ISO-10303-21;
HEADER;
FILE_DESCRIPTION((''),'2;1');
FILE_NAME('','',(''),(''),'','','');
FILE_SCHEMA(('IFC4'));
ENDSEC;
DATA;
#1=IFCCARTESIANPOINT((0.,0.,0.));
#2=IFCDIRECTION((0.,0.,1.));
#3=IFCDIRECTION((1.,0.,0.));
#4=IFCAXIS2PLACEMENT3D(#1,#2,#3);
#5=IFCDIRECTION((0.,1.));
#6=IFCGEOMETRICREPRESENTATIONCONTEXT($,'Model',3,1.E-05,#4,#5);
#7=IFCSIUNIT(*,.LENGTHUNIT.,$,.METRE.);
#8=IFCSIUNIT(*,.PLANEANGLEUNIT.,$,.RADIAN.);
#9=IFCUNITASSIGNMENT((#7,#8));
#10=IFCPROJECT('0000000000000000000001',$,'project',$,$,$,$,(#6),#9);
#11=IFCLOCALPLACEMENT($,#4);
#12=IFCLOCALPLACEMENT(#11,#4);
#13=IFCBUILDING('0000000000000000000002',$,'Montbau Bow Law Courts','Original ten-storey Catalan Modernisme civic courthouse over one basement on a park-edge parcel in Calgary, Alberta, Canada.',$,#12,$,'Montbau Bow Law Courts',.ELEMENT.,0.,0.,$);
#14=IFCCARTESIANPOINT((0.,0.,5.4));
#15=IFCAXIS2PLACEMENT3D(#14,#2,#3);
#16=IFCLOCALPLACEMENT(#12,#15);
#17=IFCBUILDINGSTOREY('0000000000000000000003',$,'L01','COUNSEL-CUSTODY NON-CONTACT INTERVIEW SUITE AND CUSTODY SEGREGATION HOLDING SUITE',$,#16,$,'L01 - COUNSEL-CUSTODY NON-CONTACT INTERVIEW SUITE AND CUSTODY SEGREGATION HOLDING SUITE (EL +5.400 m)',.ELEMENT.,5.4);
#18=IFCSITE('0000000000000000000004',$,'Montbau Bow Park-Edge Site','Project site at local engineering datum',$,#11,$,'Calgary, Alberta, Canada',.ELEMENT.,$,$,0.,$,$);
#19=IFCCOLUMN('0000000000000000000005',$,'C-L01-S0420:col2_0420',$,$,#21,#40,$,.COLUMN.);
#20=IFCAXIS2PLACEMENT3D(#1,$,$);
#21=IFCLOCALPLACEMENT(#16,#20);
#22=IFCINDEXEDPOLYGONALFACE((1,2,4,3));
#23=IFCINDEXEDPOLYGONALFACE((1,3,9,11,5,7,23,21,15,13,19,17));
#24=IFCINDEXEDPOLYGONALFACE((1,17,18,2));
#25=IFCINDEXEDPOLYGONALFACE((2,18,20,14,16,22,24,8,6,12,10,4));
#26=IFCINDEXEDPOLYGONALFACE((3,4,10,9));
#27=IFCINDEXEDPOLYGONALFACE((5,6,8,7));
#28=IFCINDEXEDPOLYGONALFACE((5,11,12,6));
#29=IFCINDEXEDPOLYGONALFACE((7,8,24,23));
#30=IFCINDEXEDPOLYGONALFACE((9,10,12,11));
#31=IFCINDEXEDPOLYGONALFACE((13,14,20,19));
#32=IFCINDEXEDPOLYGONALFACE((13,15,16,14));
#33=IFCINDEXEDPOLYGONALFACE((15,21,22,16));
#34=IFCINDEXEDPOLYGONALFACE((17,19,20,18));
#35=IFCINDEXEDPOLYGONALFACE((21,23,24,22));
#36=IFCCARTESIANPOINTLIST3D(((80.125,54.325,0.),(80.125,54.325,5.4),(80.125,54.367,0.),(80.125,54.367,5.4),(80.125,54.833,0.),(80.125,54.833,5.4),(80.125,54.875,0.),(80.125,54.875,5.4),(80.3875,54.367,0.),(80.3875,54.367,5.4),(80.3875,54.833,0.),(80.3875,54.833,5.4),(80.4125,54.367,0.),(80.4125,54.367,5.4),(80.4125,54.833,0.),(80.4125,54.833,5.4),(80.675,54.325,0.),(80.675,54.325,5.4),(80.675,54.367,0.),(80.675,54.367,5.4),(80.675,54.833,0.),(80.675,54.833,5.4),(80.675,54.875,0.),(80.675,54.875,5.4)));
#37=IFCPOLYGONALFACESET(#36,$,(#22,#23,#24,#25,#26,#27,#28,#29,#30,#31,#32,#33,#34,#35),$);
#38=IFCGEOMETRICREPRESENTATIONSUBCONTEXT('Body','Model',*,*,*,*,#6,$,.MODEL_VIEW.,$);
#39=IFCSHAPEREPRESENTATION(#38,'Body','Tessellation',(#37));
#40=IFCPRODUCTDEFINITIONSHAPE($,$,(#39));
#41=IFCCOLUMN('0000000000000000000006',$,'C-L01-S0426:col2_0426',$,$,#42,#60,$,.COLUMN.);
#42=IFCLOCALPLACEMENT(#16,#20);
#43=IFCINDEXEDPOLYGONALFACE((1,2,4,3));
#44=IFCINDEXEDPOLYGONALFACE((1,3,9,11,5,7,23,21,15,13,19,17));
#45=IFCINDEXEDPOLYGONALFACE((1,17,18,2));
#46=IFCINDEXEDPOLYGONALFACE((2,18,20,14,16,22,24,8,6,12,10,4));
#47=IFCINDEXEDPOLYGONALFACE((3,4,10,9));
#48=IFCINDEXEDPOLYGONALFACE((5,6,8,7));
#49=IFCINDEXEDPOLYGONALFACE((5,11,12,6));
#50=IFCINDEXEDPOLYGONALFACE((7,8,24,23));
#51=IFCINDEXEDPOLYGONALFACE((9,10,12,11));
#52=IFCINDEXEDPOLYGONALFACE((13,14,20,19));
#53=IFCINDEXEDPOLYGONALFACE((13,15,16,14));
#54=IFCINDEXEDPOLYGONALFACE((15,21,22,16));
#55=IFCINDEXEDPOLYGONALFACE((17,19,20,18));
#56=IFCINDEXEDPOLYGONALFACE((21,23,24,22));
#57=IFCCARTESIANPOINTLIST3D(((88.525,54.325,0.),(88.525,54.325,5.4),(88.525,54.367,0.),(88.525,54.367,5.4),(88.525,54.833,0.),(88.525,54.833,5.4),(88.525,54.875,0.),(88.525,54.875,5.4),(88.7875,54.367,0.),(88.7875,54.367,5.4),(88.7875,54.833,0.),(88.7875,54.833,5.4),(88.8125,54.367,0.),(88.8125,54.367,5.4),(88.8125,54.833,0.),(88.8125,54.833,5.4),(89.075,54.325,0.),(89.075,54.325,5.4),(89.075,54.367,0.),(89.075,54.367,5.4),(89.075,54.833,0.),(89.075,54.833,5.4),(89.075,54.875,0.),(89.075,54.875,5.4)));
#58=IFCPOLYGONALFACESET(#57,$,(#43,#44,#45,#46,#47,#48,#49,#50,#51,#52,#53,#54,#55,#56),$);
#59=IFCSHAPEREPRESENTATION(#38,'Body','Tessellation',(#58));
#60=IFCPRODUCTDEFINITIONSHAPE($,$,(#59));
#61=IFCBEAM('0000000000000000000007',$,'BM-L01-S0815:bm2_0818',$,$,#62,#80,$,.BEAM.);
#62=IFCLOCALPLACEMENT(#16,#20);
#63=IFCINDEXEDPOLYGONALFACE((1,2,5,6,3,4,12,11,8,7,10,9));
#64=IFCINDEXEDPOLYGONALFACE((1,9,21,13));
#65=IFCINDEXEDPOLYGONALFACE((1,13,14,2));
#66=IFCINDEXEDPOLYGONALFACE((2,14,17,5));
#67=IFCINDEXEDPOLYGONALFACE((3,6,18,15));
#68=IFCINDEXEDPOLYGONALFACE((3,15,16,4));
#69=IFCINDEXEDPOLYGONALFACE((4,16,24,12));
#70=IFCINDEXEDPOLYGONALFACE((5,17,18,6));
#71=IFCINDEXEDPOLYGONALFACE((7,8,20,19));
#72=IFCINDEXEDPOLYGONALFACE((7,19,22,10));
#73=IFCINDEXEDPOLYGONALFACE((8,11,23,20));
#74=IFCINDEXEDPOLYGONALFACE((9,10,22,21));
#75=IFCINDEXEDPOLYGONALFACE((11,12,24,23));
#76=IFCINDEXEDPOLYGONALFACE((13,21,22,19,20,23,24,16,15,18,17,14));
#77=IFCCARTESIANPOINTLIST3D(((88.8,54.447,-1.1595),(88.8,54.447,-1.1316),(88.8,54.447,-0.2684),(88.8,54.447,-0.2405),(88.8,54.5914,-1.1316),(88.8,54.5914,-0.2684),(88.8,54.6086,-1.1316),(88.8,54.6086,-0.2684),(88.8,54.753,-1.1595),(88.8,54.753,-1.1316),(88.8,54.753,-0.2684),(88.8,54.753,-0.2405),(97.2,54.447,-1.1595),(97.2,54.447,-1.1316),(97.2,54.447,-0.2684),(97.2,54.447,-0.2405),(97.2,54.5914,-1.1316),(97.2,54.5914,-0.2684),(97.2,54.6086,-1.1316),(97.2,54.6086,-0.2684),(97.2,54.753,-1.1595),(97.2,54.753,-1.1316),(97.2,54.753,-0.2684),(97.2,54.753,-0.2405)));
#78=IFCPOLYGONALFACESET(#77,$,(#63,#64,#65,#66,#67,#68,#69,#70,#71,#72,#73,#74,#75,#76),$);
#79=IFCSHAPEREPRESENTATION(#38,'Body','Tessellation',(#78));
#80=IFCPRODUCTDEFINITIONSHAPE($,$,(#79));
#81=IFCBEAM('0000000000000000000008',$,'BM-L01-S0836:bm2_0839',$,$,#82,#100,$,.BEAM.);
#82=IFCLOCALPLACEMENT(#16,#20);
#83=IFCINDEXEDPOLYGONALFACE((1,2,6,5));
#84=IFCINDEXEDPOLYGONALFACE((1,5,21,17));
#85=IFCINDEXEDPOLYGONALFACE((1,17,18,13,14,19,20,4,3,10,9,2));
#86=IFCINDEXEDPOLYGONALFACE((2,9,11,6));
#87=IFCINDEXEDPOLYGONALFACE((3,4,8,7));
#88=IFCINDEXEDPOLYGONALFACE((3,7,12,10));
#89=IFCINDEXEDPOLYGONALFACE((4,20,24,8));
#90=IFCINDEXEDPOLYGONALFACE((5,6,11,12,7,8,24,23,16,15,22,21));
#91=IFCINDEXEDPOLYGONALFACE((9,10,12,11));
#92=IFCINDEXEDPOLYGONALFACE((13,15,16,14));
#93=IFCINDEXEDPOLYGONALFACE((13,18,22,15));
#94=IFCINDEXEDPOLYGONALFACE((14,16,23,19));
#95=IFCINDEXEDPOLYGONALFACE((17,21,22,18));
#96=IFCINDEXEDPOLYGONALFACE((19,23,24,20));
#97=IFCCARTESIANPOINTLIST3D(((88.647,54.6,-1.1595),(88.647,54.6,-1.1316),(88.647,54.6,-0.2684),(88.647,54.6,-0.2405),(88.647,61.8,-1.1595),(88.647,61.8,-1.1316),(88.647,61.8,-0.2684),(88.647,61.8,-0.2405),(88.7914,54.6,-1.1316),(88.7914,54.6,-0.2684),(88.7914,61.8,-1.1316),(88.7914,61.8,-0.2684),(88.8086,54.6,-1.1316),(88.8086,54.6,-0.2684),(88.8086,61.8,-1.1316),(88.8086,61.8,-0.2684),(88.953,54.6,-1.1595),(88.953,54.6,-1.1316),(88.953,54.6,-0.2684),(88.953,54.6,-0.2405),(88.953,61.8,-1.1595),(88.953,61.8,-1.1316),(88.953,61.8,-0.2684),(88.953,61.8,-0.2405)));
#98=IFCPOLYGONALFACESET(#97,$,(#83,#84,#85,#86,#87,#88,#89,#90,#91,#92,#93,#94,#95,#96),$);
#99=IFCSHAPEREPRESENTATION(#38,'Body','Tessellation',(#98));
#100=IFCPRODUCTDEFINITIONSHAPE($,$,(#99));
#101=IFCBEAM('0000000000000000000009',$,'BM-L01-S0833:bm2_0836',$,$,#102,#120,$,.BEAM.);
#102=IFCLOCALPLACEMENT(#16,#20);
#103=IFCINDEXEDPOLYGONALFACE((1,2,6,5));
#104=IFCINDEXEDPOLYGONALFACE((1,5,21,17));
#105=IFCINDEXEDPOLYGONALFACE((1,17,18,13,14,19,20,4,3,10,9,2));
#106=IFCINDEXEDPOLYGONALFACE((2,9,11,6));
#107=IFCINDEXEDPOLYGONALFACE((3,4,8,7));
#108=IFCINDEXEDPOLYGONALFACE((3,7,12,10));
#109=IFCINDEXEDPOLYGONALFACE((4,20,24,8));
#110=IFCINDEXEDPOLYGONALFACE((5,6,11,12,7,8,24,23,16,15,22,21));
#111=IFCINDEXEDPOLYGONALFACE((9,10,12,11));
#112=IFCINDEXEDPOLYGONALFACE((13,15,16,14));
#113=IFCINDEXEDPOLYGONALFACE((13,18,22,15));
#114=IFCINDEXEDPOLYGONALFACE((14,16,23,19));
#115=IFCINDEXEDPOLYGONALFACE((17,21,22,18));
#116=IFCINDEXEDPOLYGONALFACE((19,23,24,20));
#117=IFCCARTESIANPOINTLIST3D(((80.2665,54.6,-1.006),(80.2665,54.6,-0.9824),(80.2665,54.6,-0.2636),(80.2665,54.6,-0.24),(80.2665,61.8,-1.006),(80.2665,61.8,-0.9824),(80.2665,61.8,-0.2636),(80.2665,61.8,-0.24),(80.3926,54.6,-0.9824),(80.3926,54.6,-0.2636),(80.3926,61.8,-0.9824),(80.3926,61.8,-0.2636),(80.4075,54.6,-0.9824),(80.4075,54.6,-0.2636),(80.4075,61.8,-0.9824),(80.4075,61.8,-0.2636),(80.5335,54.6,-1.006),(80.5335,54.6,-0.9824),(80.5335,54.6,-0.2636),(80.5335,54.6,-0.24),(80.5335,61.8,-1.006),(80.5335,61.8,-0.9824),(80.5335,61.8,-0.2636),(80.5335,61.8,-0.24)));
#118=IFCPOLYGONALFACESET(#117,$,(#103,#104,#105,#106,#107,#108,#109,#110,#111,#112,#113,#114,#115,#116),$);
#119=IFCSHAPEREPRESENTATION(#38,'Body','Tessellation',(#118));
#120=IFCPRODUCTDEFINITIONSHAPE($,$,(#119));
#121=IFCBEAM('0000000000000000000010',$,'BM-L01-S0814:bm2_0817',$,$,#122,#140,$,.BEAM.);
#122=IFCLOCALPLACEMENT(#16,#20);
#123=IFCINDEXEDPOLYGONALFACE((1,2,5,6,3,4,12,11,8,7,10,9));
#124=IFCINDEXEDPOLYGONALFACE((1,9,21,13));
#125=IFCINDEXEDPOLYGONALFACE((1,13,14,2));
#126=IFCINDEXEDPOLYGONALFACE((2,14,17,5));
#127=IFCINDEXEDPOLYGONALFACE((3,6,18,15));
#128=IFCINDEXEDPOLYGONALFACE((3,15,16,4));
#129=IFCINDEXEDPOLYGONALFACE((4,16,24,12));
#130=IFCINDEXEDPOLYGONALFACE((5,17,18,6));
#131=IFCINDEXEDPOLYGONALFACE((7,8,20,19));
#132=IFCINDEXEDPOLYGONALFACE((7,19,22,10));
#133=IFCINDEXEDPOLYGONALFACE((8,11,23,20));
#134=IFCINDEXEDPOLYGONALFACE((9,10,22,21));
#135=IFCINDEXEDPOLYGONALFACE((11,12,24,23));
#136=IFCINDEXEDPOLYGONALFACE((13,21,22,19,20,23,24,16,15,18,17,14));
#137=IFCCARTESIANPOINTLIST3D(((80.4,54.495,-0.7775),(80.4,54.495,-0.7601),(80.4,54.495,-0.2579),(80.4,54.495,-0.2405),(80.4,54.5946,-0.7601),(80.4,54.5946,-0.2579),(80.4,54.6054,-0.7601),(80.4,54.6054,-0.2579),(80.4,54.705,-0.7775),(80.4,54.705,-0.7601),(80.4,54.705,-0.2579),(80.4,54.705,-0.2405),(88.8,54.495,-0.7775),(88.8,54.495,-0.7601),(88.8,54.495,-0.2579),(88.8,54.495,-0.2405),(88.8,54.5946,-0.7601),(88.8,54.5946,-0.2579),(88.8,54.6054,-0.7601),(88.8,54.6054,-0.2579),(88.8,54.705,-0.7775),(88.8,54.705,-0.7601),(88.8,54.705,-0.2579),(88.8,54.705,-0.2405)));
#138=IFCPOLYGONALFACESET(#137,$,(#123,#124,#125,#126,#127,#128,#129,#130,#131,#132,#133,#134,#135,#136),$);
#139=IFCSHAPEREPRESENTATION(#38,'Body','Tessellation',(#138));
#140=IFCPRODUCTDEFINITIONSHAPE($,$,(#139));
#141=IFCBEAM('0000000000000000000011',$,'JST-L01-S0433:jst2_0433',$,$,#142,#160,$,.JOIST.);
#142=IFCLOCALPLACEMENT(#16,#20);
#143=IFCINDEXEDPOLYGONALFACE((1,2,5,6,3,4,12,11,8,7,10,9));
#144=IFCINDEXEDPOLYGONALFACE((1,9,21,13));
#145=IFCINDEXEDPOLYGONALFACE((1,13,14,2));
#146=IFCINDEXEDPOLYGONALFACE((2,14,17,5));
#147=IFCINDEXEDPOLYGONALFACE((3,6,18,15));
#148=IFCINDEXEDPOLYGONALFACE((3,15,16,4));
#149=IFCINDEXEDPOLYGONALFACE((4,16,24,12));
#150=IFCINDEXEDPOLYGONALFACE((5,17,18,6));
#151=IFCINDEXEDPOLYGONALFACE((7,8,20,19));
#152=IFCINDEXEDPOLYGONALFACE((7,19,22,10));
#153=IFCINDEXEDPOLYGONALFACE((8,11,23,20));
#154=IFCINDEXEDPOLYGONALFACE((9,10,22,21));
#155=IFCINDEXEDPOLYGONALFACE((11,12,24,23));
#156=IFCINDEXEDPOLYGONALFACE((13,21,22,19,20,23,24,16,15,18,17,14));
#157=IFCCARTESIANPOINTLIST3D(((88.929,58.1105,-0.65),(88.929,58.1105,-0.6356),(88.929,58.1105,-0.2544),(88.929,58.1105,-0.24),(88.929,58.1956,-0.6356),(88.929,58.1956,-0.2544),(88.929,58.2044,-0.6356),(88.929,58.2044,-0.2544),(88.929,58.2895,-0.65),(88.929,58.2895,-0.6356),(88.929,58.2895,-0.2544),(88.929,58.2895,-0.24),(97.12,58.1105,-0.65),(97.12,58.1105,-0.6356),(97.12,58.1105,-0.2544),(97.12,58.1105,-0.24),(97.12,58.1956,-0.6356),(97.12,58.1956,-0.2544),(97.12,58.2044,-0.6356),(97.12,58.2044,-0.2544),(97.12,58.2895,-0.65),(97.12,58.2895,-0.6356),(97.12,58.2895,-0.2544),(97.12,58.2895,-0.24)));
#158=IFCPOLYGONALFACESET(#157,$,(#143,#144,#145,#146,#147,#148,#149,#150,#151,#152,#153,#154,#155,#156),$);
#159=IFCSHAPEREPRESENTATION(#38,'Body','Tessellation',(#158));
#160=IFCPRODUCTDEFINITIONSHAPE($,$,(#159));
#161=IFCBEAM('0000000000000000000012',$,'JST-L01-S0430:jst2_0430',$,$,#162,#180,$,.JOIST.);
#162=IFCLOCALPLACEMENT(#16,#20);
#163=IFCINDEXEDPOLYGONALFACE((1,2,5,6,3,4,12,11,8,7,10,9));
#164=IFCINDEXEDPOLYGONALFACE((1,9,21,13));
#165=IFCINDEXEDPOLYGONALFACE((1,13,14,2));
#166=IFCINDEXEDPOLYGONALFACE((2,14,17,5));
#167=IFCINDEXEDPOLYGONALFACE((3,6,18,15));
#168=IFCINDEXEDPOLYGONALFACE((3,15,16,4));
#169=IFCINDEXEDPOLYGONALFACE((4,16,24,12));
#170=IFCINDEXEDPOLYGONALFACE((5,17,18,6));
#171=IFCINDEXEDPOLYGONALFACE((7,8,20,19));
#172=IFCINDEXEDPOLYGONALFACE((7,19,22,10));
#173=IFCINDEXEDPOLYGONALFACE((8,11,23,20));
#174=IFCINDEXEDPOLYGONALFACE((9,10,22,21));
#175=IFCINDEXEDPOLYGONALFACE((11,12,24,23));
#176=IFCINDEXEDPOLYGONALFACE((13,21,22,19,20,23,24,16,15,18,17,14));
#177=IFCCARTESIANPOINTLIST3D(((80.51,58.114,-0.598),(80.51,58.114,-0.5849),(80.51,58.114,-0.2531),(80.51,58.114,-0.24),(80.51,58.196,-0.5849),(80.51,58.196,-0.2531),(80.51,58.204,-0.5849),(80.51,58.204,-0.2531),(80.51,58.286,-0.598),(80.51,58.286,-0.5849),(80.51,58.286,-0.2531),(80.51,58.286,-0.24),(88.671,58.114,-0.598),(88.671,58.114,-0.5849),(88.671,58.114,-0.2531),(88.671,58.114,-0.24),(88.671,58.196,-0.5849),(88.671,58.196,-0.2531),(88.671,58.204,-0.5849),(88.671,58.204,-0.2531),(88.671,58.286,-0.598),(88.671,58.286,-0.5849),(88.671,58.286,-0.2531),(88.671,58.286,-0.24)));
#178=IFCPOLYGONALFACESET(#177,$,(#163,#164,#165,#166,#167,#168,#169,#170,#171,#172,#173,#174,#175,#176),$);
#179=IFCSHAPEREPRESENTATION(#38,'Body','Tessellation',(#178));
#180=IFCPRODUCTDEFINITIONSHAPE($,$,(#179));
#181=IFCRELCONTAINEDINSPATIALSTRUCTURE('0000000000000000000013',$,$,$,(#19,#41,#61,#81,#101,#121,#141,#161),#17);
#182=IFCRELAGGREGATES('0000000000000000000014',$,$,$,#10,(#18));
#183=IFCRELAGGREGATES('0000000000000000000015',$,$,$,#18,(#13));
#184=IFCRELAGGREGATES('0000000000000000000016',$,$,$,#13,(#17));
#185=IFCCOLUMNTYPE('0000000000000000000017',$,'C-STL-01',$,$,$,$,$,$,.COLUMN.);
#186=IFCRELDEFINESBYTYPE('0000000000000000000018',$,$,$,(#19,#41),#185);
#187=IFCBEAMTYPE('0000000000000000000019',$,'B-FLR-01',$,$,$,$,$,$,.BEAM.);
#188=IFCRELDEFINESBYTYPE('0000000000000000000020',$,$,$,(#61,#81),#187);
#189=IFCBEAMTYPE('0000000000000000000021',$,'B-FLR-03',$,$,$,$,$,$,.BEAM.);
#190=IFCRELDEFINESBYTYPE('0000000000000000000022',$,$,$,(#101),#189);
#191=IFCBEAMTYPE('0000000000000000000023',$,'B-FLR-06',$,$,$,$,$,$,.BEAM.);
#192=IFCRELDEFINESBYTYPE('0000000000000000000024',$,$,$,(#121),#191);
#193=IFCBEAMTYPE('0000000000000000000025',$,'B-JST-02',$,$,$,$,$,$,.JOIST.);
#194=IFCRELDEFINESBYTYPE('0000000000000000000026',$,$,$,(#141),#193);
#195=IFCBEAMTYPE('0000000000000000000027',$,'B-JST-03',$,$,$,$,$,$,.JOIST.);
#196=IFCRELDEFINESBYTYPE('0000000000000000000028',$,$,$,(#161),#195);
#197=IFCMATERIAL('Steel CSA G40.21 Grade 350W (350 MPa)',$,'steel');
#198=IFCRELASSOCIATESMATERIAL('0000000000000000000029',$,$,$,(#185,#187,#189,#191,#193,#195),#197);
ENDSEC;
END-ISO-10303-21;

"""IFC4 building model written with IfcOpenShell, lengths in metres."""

from ifc_helpers import new_model, si_unit, direction, frame, origin_with_axes, origin_2d_with_axis, place, context, subcontext, project, spatial, i_section, extrude, material, material_profile, profile_set, type_object, element, save


model = new_model("IFC4")

# Units and contexts
model_context = context("Model", 3, precision=1e-05, world=origin_with_axes(), true_north=direction((0.0, 1.0)))
body_context = subcontext(model_context, "Body", "Model", "MODEL_VIEW")
ifc_project = project(units=[si_unit("LENGTHUNIT", "METRE"), si_unit("PLANEANGLEUNIT", "RADIAN")], contexts=[model_context])

# Site, building, storey
site_placement = place(None, origin_with_axes())
site = spatial("IfcSite", under=ifc_project, at=site_placement, Name="Montbau Bow Park-Edge Site", Description="Project site at local engineering datum", LongName="Calgary, Alberta, Canada", CompositionType="ELEMENT", RefElevation=0.0)
building_placement = place(site_placement, origin_with_axes())
building = spatial("IfcBuilding", under=site, at=building_placement, Name="Montbau Bow Law Courts", Description="Original ten-storey Catalan Modernisme civic courthouse over one basement on a park-edge parcel in Calgary, Alberta, Canada.", LongName="Montbau Bow Law Courts", CompositionType="ELEMENT", ElevationOfRefHeight=0.0, ElevationOfTerrain=0.0)
storey_placement = place(building_placement, frame((0.0, 0.0, 5.4), z_axis=(0.0, 0.0, 1.0), x_axis=(1.0, 0.0, 0.0)))
storey = spatial("IfcBuildingStorey", under=building, at=storey_placement, Name="L01", Description="COUNSEL-CUSTODY NON-CONTACT INTERVIEW SUITE AND CUSTODY SEGREGATION HOLDING SUITE", LongName="L01 - COUNSEL-CUSTODY NON-CONTACT INTERVIEW SUITE AND CUSTODY SEGREGATION HOLDING SUITE (EL +5.400 m)", CompositionType="ELEMENT", Elevation=5.4)

# Columns
ifc_material_1 = material(Name="Steel CSA G40.21 Grade 350W (350 MPa)", Category="steel")
ifc_material_profile_1 = material_profile(ifc_material_1, i_section(OverallWidth=0.55, OverallDepth=0.55, WebThickness=0.025, FlangeThickness=0.042, at=origin_2d_with_axis()), Name="WWF550X420", Category="Main", Priority=0)
ifc_profile_set_1 = profile_set([ifc_material_profile_1], Name="Steel CSA G40.21 Grade 350W (350 MPa)")
column_type = type_object("IfcColumnType", Name="C-STL-01", PredefinedType="COLUMN", material=ifc_profile_set_1)
for number, where, z_axis, x_axis, name in (
    (1, (80.4, 54.6, 5.4), (0.0, 0.0, 1.0), (1.0, 0.0, 0.0), "C-L01-S0420:col2_0420"),
    (2, (88.8, 54.6, 5.4), (0.0, 0.0, 1.0), (1.0, 0.0, 0.0), "C-L01-S0426:col2_0426"),
):
    element("IfcColumn", number, at=place(None, frame(where, z_axis=z_axis, x_axis=x_axis)), inside=storey, type_object=column_type, Name=name, PredefinedType="COLUMN", context=body_context, shape_type="SweptSolid", body=[
        extrude(i_section(OverallWidth=0.55, OverallDepth=0.55, WebThickness=0.025, FlangeThickness=0.042, at=origin_2d_with_axis()), origin_with_axes(), (0.0, 0.0, 1.0), 5.4),
    ])

# Beams
ifc_material_profile_2 = material_profile(ifc_material_1, i_section(OverallWidth=0.306, OverallDepth=0.919, WebThickness=0.0173, FlangeThickness=0.0279, at=origin_2d_with_axis()), Name="W920X253", Category="Main", Priority=0)
ifc_profile_set_2 = profile_set([ifc_material_profile_2], Name="Steel CSA G40.21 Grade 350W (350 MPa)")
beam_type_1 = type_object("IfcBeamType", Name="B-FLR-01", PredefinedType="BEAM", material=ifc_profile_set_2)
beam_1_placement = place(None, frame((88.8, 54.6, 4.7), z_axis=(1.0, 0.0, 0.0), x_axis=(0.0, 1.0, 0.0)))
element("IfcBeam", 3, at=beam_1_placement, inside=storey, type_object=beam_type_1, Name="BM-L01-S0815:bm2_0818", PredefinedType="BEAM", context=body_context, shape_type="SweptSolid", body=[
    extrude(i_section(OverallWidth=0.306, OverallDepth=0.919, WebThickness=0.0173, FlangeThickness=0.0279, at=origin_2d_with_axis()), origin_with_axes(), (0.0, 0.0, 1.0), 8.4),
])
beam_2_placement = place(None, frame((88.8, 54.6, 4.7), z_axis=(0.0, 1.0, 0.0), x_axis=(-1.0, 0.0, 0.0)))
element("IfcBeam", 4, at=beam_2_placement, inside=storey, type_object=beam_type_1, Name="BM-L01-S0836:bm2_0839", PredefinedType="BEAM", context=body_context, shape_type="SweptSolid", body=[
    extrude(i_section(OverallWidth=0.306, OverallDepth=0.919, WebThickness=0.0173, FlangeThickness=0.0279, at=origin_2d_with_axis()), origin_with_axes(), (0.0, 0.0, 1.0), 7.2),
])
ifc_material_profile_3 = material_profile(ifc_material_1, i_section(OverallWidth=0.267, OverallDepth=0.766, WebThickness=0.0149, FlangeThickness=0.0236, at=origin_2d_with_axis()), Name="W760X185", Category="Main", Priority=0)
ifc_profile_set_3 = profile_set([ifc_material_profile_3], Name="Steel CSA G40.21 Grade 350W (350 MPa)")
beam_type_2 = type_object("IfcBeamType", Name="B-FLR-03", PredefinedType="BEAM", material=ifc_profile_set_3)
beam_3_placement = place(None, frame((80.4, 54.6, 4.777), z_axis=(0.0, 1.0, 0.0), x_axis=(-1.0, 0.0, 0.0)))
element("IfcBeam", 5, at=beam_3_placement, inside=storey, type_object=beam_type_2, Name="BM-L01-S0833:bm2_0836", PredefinedType="BEAM", context=body_context, shape_type="SweptSolid", body=[
    extrude(i_section(OverallWidth=0.267, OverallDepth=0.766, WebThickness=0.0149, FlangeThickness=0.0236, at=origin_2d_with_axis()), origin_with_axes(), (0.0, 0.0, 1.0), 7.2),
])
ifc_material_profile_4 = material_profile(ifc_material_1, i_section(OverallWidth=0.21, OverallDepth=0.537, WebThickness=0.0109, FlangeThickness=0.0174, at=origin_2d_with_axis()), Name="W530X101", Category="Main", Priority=0)
ifc_profile_set_4 = profile_set([ifc_material_profile_4], Name="Steel CSA G40.21 Grade 350W (350 MPa)")
beam_type_3 = type_object("IfcBeamType", Name="B-FLR-06", PredefinedType="BEAM", material=ifc_profile_set_4)
beam_4_placement = place(None, frame((80.4, 54.6, 4.891), z_axis=(1.0, 0.0, 0.0), x_axis=(0.0, 1.0, 0.0)))
element("IfcBeam", 6, at=beam_4_placement, inside=storey, type_object=beam_type_3, Name="BM-L01-S0814:bm2_0817", PredefinedType="BEAM", context=body_context, shape_type="SweptSolid", body=[
    extrude(i_section(OverallWidth=0.21, OverallDepth=0.537, WebThickness=0.0109, FlangeThickness=0.0174, at=origin_2d_with_axis()), origin_with_axes(), (0.0, 0.0, 1.0), 8.4),
])
ifc_material_profile_5 = material_profile(ifc_material_1, i_section(OverallWidth=0.179, OverallDepth=0.41, WebThickness=0.0088, FlangeThickness=0.0144, at=origin_2d_with_axis()), Name="W410X67", Category="Main", Priority=0)
ifc_profile_set_5 = profile_set([ifc_material_profile_5], Name="Steel CSA G40.21 Grade 350W (350 MPa)")
beam_type_4 = type_object("IfcBeamType", Name="B-JST-02", PredefinedType="JOIST", material=ifc_profile_set_5)
beam_5_placement = place(None, frame((88.929, 58.2, 4.955), z_axis=(1.0, 0.0, 0.0), x_axis=(0.0, 1.0, 0.0)))
element("IfcBeam", 7, at=beam_5_placement, inside=storey, type_object=beam_type_4, Name="JST-L01-S0433:jst2_0433", PredefinedType="JOIST", context=body_context, shape_type="SweptSolid", body=[
    extrude(i_section(OverallWidth=0.179, OverallDepth=0.41, WebThickness=0.0088, FlangeThickness=0.0144, at=origin_2d_with_axis()), origin_with_axes(), (0.0, 0.0, 1.0), 8.191),
])
ifc_material_profile_6 = material_profile(ifc_material_1, i_section(OverallWidth=0.172, OverallDepth=0.358, WebThickness=0.0079, FlangeThickness=0.0131, at=origin_2d_with_axis()), Name="W360X57", Category="Main", Priority=0)
ifc_profile_set_6 = profile_set([ifc_material_profile_6], Name="Steel CSA G40.21 Grade 350W (350 MPa)")
beam_type_5 = type_object("IfcBeamType", Name="B-JST-03", PredefinedType="JOIST", material=ifc_profile_set_6)
beam_6_placement = place(None, frame((80.51, 58.2, 4.981), z_axis=(1.0, 0.0, 0.0), x_axis=(0.0, 1.0, 0.0)))
element("IfcBeam", 8, at=beam_6_placement, inside=storey, type_object=beam_type_5, Name="JST-L01-S0430:jst2_0430", PredefinedType="JOIST", context=body_context, shape_type="SweptSolid", body=[
    extrude(i_section(OverallWidth=0.172, OverallDepth=0.358, WebThickness=0.0079, FlangeThickness=0.0131, at=origin_2d_with_axis()), origin_with_axes(), (0.0, 0.0, 1.0), 8.161),
])

save(model, "model.ifc")
